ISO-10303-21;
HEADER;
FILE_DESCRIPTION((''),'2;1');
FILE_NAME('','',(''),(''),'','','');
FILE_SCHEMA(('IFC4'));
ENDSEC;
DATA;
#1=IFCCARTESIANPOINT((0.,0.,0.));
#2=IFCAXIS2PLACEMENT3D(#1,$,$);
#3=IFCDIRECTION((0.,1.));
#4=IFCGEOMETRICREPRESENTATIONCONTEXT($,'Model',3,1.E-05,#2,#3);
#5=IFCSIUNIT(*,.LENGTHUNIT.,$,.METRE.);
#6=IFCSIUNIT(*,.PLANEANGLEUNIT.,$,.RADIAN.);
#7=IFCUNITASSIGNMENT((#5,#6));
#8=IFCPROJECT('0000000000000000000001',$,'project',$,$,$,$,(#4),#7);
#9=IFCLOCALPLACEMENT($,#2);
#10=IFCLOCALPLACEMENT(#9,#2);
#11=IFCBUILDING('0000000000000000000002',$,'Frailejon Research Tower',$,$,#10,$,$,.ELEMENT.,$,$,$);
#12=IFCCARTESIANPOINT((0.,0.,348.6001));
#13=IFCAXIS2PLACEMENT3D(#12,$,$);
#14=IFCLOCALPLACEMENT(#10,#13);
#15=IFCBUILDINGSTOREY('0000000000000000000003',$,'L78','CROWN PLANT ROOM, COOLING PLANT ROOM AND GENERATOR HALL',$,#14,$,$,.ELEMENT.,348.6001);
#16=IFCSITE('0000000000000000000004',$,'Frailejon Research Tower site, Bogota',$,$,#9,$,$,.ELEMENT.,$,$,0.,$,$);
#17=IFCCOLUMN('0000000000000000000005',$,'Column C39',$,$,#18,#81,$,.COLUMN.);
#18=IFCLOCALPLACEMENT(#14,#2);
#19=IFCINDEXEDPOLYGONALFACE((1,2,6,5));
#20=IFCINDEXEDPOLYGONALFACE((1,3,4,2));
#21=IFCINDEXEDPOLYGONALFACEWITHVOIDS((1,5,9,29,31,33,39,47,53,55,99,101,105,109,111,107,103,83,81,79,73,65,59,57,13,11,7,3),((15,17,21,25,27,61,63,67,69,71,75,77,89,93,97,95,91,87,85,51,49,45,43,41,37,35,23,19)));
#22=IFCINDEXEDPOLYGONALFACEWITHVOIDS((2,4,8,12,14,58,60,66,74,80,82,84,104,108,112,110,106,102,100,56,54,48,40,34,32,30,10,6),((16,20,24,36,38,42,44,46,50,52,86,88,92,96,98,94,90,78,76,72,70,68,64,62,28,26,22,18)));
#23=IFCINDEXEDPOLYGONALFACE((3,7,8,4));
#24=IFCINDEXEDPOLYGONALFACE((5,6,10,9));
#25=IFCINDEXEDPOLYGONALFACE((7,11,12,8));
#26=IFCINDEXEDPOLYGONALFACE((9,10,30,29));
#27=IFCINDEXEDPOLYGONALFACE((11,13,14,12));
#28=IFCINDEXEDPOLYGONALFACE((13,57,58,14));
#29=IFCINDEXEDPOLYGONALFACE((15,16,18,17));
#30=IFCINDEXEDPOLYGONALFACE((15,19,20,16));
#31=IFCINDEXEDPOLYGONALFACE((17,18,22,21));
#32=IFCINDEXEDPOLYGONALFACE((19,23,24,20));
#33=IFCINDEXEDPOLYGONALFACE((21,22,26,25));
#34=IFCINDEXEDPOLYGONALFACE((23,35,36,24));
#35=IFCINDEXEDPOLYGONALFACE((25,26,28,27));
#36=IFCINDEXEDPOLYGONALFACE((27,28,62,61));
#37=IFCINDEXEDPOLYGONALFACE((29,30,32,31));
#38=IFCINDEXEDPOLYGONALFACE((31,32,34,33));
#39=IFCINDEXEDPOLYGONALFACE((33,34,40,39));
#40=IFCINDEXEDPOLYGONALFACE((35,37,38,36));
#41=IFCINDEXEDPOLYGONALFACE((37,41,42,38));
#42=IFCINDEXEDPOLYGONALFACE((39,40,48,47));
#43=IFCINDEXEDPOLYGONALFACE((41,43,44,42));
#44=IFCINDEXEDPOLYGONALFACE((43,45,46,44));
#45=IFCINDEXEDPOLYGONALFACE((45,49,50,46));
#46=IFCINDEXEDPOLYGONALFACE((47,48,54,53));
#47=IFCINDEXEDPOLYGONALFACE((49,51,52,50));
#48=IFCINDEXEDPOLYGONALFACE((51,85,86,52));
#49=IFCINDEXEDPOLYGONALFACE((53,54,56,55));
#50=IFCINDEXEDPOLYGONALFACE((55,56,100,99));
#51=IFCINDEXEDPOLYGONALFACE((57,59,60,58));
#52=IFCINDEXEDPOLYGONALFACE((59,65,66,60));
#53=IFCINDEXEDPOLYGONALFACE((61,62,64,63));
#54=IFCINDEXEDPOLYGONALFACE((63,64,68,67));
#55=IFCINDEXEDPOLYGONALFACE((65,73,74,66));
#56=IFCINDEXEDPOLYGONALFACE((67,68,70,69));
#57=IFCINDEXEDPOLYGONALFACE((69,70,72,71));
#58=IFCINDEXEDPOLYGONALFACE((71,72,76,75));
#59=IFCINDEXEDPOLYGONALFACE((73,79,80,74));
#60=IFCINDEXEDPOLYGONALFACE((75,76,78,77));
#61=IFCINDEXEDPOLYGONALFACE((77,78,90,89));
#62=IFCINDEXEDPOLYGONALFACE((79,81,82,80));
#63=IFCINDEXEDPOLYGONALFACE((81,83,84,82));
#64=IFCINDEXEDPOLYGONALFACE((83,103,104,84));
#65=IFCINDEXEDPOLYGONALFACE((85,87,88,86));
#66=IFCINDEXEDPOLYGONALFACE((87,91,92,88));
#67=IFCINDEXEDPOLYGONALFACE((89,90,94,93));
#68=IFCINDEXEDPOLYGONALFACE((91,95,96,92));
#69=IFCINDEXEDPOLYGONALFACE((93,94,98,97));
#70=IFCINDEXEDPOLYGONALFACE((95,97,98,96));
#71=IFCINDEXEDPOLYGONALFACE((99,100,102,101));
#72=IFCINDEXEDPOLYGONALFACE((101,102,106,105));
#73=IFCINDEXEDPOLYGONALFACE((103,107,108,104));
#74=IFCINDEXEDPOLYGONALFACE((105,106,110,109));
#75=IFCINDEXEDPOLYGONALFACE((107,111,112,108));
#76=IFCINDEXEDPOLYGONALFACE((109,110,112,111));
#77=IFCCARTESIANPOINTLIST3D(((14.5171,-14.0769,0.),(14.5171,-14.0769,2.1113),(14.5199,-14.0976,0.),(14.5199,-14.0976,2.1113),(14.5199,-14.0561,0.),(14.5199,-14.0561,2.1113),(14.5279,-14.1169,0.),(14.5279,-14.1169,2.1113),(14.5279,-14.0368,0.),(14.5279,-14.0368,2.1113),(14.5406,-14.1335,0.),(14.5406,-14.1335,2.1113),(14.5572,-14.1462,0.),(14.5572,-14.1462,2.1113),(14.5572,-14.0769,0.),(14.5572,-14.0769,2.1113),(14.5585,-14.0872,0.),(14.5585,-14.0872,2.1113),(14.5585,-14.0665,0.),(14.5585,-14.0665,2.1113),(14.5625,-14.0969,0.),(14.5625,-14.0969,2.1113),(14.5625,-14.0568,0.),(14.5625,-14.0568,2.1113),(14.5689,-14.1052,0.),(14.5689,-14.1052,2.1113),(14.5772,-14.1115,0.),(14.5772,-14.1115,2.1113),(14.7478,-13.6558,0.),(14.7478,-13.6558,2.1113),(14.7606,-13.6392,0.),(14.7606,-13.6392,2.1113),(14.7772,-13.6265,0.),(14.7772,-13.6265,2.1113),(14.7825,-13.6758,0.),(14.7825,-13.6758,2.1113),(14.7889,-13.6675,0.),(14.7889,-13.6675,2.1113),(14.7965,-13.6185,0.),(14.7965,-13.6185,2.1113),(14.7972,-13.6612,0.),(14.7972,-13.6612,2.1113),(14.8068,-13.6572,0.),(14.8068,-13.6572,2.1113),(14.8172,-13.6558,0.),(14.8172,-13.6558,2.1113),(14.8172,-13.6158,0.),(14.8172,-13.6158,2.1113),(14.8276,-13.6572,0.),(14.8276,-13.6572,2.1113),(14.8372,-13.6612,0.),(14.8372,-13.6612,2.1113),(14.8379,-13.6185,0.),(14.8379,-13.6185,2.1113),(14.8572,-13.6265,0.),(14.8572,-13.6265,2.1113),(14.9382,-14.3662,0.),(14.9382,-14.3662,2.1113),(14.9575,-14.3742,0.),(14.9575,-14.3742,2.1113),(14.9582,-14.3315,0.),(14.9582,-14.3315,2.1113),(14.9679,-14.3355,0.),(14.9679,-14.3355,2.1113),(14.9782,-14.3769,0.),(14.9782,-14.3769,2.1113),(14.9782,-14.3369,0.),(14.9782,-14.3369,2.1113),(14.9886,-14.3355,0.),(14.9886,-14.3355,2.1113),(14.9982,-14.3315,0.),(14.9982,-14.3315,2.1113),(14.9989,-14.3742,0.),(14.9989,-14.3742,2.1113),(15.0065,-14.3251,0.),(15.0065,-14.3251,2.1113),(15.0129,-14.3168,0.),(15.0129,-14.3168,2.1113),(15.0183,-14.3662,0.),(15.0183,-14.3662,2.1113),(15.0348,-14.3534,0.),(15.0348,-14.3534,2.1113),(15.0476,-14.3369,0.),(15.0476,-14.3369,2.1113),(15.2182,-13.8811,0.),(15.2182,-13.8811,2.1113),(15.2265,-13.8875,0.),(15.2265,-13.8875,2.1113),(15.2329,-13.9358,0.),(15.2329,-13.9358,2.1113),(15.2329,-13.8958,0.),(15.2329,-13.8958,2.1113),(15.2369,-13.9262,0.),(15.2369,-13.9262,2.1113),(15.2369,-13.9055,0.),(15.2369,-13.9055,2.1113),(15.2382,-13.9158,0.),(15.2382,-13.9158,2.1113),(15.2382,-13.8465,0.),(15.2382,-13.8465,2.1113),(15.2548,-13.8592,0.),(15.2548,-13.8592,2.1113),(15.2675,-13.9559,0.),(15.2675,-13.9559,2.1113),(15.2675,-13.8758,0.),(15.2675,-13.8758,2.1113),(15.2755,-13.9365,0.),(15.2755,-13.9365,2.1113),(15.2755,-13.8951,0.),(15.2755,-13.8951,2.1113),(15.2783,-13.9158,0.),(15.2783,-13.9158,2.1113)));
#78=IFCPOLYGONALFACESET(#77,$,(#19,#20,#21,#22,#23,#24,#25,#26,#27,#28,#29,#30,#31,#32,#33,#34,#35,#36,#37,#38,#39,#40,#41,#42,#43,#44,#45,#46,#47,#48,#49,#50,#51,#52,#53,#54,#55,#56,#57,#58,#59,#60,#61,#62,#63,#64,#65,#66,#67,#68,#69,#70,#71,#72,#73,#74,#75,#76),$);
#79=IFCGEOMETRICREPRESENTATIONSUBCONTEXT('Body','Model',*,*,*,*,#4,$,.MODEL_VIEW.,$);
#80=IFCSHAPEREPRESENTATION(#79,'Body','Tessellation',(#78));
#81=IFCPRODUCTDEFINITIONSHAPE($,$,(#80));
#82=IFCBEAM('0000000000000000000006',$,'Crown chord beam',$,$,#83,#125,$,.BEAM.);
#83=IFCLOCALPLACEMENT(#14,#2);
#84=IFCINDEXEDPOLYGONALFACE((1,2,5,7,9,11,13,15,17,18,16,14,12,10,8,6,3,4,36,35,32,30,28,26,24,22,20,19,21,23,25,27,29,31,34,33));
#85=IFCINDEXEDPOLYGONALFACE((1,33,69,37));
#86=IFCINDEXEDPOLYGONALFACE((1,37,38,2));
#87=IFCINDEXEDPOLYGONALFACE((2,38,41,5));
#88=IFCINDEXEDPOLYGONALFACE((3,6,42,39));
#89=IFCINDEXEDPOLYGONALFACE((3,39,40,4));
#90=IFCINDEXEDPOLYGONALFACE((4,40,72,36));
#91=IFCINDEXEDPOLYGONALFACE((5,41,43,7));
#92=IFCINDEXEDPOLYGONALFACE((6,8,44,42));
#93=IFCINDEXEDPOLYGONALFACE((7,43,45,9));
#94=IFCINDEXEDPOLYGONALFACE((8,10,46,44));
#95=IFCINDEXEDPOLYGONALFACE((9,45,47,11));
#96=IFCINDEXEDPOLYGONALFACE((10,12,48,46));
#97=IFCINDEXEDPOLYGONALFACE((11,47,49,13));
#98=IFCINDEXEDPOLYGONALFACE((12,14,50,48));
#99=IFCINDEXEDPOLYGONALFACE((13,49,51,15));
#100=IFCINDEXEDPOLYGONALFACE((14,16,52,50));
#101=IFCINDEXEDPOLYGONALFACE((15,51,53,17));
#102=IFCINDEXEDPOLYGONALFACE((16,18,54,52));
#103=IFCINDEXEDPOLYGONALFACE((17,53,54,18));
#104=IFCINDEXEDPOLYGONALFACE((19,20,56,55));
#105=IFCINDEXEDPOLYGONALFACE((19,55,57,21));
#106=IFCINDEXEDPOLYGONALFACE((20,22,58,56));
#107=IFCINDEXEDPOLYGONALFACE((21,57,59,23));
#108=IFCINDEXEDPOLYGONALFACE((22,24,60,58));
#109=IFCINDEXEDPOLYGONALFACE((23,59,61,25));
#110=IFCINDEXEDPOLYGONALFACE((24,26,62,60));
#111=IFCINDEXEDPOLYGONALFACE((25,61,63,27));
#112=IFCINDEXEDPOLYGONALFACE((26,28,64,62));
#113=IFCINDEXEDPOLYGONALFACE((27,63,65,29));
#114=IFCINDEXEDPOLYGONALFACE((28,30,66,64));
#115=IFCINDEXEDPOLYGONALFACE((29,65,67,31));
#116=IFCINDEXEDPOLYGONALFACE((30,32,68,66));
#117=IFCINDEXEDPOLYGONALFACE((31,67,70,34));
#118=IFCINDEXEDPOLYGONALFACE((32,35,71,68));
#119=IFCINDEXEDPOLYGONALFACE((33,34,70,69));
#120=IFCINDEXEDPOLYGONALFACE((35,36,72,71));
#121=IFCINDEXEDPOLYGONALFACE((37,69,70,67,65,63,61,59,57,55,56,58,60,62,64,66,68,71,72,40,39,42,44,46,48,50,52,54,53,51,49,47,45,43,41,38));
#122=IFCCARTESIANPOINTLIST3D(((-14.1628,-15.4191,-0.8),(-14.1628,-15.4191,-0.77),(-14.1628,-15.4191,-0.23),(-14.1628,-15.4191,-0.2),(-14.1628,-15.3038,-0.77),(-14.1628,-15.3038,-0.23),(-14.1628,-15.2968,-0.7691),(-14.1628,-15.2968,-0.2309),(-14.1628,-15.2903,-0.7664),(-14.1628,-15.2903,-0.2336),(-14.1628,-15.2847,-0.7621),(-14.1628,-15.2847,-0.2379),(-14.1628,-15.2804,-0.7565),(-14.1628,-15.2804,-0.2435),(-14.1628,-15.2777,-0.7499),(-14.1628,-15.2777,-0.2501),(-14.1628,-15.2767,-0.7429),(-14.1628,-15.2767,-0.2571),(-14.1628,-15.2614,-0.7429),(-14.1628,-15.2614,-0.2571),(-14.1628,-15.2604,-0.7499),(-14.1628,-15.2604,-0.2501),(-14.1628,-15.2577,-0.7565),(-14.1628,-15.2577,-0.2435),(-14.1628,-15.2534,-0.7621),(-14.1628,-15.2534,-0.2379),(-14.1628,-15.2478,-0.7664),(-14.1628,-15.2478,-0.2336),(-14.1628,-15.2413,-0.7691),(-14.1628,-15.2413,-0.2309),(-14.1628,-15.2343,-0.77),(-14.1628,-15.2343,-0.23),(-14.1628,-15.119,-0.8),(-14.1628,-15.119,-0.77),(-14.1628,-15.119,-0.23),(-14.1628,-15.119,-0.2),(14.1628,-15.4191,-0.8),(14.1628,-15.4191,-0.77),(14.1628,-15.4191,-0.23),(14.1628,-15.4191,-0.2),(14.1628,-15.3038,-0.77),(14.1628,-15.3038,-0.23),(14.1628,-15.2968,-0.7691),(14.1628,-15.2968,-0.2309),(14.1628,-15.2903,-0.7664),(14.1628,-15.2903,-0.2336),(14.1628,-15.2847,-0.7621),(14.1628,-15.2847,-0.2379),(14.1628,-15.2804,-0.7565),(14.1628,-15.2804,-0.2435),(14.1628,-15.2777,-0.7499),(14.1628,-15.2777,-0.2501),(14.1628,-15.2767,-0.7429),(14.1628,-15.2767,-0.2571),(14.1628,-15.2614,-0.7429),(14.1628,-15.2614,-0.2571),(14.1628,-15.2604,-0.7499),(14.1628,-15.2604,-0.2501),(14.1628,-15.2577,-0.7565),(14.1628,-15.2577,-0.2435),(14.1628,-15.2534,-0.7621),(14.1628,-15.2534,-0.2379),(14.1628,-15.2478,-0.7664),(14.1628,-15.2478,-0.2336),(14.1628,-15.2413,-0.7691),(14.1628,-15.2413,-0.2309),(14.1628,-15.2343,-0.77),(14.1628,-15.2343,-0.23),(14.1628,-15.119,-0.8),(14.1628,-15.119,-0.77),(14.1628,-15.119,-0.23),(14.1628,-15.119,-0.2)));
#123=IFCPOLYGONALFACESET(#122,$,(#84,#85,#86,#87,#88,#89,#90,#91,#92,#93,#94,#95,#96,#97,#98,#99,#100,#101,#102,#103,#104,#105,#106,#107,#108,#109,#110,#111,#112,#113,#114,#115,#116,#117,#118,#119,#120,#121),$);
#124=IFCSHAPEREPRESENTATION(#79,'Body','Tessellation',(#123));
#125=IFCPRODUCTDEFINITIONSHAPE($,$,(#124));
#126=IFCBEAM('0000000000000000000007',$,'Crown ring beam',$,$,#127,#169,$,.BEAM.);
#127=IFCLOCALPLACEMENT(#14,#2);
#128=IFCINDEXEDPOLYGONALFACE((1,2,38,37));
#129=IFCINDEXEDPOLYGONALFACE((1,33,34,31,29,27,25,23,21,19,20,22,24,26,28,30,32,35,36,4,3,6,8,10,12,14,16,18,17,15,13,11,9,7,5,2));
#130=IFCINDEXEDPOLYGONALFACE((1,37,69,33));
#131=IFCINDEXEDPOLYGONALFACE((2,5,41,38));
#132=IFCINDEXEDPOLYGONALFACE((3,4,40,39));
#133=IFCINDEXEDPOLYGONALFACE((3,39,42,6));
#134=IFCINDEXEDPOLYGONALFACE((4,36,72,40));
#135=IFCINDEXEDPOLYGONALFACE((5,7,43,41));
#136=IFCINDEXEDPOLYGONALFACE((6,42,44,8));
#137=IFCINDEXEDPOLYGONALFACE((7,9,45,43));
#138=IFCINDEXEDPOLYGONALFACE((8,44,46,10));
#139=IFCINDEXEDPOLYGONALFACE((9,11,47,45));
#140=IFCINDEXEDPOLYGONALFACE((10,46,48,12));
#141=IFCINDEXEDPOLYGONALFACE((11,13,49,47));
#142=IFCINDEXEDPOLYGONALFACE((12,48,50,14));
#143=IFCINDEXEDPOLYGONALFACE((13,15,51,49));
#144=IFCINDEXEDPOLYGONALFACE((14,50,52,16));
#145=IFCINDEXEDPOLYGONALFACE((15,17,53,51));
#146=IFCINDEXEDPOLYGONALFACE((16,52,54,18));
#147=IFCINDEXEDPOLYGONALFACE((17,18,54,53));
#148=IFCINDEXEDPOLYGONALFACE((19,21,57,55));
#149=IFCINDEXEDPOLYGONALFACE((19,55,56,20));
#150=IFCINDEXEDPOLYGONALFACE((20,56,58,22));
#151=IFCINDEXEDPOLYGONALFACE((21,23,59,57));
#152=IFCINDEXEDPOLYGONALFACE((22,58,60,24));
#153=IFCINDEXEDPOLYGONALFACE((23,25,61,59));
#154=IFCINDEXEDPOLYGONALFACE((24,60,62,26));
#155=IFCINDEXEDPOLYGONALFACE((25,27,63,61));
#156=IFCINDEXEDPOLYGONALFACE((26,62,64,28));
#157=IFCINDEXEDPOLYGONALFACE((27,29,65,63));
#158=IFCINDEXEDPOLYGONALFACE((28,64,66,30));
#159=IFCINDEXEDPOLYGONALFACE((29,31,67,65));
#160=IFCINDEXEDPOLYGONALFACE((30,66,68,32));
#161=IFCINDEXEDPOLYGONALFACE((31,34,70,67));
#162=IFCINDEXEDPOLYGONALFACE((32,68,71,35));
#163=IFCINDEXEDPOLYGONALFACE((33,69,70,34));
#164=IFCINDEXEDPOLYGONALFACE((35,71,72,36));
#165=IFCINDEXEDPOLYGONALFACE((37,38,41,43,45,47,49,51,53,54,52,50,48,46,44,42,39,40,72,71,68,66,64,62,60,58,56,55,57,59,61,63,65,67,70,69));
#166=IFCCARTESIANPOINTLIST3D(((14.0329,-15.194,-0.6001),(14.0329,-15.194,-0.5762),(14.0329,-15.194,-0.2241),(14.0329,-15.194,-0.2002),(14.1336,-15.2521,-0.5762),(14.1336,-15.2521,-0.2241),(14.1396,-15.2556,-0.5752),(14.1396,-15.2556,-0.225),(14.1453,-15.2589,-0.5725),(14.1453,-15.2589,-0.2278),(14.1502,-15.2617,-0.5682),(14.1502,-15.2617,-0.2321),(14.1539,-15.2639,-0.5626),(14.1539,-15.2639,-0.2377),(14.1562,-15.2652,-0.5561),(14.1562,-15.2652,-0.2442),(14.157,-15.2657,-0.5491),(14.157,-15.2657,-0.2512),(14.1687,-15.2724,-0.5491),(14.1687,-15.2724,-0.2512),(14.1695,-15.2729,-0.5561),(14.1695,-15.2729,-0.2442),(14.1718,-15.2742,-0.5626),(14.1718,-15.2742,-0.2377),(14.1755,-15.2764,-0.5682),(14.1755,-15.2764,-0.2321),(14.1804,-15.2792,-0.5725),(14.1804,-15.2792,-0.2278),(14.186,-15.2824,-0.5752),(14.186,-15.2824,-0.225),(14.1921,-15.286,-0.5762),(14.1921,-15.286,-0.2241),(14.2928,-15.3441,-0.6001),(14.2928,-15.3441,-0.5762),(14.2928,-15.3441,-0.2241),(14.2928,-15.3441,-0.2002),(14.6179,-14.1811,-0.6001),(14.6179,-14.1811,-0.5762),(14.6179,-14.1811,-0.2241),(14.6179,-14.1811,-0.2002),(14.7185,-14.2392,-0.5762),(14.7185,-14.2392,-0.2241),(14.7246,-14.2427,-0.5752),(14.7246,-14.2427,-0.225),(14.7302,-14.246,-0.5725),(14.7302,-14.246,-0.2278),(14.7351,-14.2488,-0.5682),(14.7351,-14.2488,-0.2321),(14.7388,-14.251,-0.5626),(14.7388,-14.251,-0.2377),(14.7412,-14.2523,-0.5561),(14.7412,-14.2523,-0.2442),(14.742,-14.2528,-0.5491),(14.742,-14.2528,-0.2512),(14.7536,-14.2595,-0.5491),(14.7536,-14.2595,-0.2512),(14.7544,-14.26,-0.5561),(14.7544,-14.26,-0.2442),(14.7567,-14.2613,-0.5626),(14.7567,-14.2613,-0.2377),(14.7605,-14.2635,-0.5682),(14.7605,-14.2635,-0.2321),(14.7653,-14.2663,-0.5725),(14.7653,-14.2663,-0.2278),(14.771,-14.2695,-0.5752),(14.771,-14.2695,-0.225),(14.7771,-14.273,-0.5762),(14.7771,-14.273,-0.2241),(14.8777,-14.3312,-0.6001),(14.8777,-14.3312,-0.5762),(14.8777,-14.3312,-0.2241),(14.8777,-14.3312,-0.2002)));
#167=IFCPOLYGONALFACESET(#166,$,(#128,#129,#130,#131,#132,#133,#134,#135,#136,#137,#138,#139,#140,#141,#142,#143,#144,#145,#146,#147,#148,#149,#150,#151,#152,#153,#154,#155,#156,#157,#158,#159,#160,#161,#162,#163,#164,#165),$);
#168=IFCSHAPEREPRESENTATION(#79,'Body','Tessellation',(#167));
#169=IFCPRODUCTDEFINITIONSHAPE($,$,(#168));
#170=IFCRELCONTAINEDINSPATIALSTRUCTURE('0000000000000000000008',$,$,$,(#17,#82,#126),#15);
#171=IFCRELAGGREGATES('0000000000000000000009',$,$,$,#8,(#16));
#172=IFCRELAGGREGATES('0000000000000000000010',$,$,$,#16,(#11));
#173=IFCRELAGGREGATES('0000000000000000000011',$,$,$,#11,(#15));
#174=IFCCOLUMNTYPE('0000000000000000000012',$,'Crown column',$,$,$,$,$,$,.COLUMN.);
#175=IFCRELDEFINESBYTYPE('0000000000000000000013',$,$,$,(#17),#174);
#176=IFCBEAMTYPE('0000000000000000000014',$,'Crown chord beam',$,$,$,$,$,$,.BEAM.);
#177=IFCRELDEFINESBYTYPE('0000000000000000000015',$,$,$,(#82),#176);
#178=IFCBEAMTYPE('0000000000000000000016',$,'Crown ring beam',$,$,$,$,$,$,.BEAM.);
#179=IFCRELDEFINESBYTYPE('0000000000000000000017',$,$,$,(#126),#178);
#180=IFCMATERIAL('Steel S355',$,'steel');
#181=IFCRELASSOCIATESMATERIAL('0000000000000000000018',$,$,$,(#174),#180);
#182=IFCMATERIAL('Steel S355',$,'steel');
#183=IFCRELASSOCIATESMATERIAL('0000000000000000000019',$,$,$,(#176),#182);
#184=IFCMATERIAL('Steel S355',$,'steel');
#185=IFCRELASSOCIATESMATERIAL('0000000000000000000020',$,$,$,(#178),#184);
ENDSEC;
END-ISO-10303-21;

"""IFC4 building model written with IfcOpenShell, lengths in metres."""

from ifc_helpers import new_model, si_unit, direction, frame, origin, origin_2d, place, context, subcontext, project, spatial, hollow_rectangle, i_section, extrude, material, material_profile, profile_set, type_object, element, save


model = new_model("IFC4")

# Units and contexts
model_context = context("Model", 3, precision=1e-05, world=origin(), true_north=direction((0.0, 1.0)))
body_context = subcontext(model_context, "Body", "Model", "MODEL_VIEW")
ifc_project = project(units=[si_unit("LENGTHUNIT", "METRE"), si_unit("PLANEANGLEUNIT", "RADIAN")], contexts=[model_context])

# Site, building, storey
site_placement = place(None, origin())
site = spatial("IfcSite", under=ifc_project, at=site_placement, Name="Frailejon Research Tower site, Bogota", CompositionType="ELEMENT", RefElevation=0.0)
building_placement = place(site_placement, origin())
building = spatial("IfcBuilding", under=site, at=building_placement, Name="Frailejon Research Tower", CompositionType="ELEMENT")
storey_placement = place(building_placement, frame((0.0, 0.0, 348.6001)))
storey = spatial("IfcBuildingStorey", under=building, at=storey_placement, Name="L78", Description="CROWN PLANT ROOM, COOLING PLANT ROOM AND GENERATOR HALL", CompositionType="ELEMENT", Elevation=348.6001)

# Column
ifc_material_1 = material(Name="Steel S355", Category="steel")
ifc_material_profile_1 = material_profile(ifc_material_1, hollow_rectangle(XDim=0.6001, YDim=0.6001, WallThickness=0.04, InnerFilletRadius=0.04, OuterFilletRadius=0.0801, at=origin_2d()), Name="Crown column")
ifc_profile_set_1 = profile_set([ifc_material_profile_1], Name="Steel S355")
column_type = type_object("IfcColumnType", Name="Crown column", PredefinedType="COLUMN", material=ifc_profile_set_1)
column_placement = place(storey_placement, frame((14.8977, -13.9963, 0.0), z_axis=(0.0, 0.0, 1.0), x_axis=(0.5, 0.866025, 0.0)))
element("IfcColumn", 1, at=column_placement, inside=storey, type_object=column_type, Name="Column C39", PredefinedType="COLUMN", context=body_context, shape_type="SweptSolid", body=[
    extrude(hollow_rectangle(XDim=0.6001, YDim=0.6001, WallThickness=0.04, InnerFilletRadius=0.04, OuterFilletRadius=0.0801, at=origin_2d()), origin(), (0.0, 0.0, 1.0), 2.1113),
])

# Beams
ifc_material_2 = material(Name="Steel S355", Category="steel")
ifc_material_profile_2 = material_profile(ifc_material_2, i_section(OverallWidth=0.3, OverallDepth=0.6001, WebThickness=0.0154, FlangeThickness=0.03, FilletRadius=0.0271, at=origin_2d()), Name="HE 600 B")
ifc_profile_set_2 = profile_set([ifc_material_profile_2], Name="Steel S355")
beam_type_1 = type_object("IfcBeamType", Name="Crown chord beam", PredefinedType="BEAM", material=ifc_profile_set_2)
beam_1_placement = place(storey_placement, frame((14.1628, -15.269, -0.5), z_axis=(-1.0, 0.0, 0.0), x_axis=(0.0, -1.0, 0.0)))
element("IfcBeam", 2, at=beam_1_placement, inside=storey, type_object=beam_type_1, Name="Crown chord beam", PredefinedType="BEAM", context=body_context, shape_type="SweptSolid", body=[
    extrude(i_section(OverallWidth=0.3, OverallDepth=0.6001, WebThickness=0.0154, FlangeThickness=0.03, FilletRadius=0.0271, at=origin_2d()), origin(), (0.0, 0.0, 1.0), 28.3257),
])
ifc_material_3 = material(Name="Steel S355", Category="steel")
ifc_material_profile_3 = material_profile(ifc_material_3, i_section(OverallWidth=0.3, OverallDepth=0.3999, WebThickness=0.0134, FlangeThickness=0.0239, FilletRadius=0.0271, at=origin_2d()), Name="HE 400 B")
ifc_profile_set_3 = profile_set([ifc_material_profile_3], Name="Steel S355")
beam_type_2 = type_object("IfcBeamType", Name="Crown ring beam", PredefinedType="BEAM", material=ifc_profile_set_3)
beam_2_placement = place(storey_placement, frame((14.1628, -15.269, -0.4001), z_axis=(0.50009, 0.865974, 0.0), x_axis=(-0.865974, 0.50009, 0.0)))
element("IfcBeam", 3, at=beam_2_placement, inside=storey, type_object=beam_type_2, Name="Crown ring beam", PredefinedType="BEAM", context=body_context, shape_type="SweptSolid", body=[
    extrude(i_section(OverallWidth=0.3, OverallDepth=0.3999, WebThickness=0.0134, FlangeThickness=0.0239, FilletRadius=0.0271, at=origin_2d()), origin(), (0.0, 0.0, 1.0), 1.1697),
])

save(model, "model.ifc")
